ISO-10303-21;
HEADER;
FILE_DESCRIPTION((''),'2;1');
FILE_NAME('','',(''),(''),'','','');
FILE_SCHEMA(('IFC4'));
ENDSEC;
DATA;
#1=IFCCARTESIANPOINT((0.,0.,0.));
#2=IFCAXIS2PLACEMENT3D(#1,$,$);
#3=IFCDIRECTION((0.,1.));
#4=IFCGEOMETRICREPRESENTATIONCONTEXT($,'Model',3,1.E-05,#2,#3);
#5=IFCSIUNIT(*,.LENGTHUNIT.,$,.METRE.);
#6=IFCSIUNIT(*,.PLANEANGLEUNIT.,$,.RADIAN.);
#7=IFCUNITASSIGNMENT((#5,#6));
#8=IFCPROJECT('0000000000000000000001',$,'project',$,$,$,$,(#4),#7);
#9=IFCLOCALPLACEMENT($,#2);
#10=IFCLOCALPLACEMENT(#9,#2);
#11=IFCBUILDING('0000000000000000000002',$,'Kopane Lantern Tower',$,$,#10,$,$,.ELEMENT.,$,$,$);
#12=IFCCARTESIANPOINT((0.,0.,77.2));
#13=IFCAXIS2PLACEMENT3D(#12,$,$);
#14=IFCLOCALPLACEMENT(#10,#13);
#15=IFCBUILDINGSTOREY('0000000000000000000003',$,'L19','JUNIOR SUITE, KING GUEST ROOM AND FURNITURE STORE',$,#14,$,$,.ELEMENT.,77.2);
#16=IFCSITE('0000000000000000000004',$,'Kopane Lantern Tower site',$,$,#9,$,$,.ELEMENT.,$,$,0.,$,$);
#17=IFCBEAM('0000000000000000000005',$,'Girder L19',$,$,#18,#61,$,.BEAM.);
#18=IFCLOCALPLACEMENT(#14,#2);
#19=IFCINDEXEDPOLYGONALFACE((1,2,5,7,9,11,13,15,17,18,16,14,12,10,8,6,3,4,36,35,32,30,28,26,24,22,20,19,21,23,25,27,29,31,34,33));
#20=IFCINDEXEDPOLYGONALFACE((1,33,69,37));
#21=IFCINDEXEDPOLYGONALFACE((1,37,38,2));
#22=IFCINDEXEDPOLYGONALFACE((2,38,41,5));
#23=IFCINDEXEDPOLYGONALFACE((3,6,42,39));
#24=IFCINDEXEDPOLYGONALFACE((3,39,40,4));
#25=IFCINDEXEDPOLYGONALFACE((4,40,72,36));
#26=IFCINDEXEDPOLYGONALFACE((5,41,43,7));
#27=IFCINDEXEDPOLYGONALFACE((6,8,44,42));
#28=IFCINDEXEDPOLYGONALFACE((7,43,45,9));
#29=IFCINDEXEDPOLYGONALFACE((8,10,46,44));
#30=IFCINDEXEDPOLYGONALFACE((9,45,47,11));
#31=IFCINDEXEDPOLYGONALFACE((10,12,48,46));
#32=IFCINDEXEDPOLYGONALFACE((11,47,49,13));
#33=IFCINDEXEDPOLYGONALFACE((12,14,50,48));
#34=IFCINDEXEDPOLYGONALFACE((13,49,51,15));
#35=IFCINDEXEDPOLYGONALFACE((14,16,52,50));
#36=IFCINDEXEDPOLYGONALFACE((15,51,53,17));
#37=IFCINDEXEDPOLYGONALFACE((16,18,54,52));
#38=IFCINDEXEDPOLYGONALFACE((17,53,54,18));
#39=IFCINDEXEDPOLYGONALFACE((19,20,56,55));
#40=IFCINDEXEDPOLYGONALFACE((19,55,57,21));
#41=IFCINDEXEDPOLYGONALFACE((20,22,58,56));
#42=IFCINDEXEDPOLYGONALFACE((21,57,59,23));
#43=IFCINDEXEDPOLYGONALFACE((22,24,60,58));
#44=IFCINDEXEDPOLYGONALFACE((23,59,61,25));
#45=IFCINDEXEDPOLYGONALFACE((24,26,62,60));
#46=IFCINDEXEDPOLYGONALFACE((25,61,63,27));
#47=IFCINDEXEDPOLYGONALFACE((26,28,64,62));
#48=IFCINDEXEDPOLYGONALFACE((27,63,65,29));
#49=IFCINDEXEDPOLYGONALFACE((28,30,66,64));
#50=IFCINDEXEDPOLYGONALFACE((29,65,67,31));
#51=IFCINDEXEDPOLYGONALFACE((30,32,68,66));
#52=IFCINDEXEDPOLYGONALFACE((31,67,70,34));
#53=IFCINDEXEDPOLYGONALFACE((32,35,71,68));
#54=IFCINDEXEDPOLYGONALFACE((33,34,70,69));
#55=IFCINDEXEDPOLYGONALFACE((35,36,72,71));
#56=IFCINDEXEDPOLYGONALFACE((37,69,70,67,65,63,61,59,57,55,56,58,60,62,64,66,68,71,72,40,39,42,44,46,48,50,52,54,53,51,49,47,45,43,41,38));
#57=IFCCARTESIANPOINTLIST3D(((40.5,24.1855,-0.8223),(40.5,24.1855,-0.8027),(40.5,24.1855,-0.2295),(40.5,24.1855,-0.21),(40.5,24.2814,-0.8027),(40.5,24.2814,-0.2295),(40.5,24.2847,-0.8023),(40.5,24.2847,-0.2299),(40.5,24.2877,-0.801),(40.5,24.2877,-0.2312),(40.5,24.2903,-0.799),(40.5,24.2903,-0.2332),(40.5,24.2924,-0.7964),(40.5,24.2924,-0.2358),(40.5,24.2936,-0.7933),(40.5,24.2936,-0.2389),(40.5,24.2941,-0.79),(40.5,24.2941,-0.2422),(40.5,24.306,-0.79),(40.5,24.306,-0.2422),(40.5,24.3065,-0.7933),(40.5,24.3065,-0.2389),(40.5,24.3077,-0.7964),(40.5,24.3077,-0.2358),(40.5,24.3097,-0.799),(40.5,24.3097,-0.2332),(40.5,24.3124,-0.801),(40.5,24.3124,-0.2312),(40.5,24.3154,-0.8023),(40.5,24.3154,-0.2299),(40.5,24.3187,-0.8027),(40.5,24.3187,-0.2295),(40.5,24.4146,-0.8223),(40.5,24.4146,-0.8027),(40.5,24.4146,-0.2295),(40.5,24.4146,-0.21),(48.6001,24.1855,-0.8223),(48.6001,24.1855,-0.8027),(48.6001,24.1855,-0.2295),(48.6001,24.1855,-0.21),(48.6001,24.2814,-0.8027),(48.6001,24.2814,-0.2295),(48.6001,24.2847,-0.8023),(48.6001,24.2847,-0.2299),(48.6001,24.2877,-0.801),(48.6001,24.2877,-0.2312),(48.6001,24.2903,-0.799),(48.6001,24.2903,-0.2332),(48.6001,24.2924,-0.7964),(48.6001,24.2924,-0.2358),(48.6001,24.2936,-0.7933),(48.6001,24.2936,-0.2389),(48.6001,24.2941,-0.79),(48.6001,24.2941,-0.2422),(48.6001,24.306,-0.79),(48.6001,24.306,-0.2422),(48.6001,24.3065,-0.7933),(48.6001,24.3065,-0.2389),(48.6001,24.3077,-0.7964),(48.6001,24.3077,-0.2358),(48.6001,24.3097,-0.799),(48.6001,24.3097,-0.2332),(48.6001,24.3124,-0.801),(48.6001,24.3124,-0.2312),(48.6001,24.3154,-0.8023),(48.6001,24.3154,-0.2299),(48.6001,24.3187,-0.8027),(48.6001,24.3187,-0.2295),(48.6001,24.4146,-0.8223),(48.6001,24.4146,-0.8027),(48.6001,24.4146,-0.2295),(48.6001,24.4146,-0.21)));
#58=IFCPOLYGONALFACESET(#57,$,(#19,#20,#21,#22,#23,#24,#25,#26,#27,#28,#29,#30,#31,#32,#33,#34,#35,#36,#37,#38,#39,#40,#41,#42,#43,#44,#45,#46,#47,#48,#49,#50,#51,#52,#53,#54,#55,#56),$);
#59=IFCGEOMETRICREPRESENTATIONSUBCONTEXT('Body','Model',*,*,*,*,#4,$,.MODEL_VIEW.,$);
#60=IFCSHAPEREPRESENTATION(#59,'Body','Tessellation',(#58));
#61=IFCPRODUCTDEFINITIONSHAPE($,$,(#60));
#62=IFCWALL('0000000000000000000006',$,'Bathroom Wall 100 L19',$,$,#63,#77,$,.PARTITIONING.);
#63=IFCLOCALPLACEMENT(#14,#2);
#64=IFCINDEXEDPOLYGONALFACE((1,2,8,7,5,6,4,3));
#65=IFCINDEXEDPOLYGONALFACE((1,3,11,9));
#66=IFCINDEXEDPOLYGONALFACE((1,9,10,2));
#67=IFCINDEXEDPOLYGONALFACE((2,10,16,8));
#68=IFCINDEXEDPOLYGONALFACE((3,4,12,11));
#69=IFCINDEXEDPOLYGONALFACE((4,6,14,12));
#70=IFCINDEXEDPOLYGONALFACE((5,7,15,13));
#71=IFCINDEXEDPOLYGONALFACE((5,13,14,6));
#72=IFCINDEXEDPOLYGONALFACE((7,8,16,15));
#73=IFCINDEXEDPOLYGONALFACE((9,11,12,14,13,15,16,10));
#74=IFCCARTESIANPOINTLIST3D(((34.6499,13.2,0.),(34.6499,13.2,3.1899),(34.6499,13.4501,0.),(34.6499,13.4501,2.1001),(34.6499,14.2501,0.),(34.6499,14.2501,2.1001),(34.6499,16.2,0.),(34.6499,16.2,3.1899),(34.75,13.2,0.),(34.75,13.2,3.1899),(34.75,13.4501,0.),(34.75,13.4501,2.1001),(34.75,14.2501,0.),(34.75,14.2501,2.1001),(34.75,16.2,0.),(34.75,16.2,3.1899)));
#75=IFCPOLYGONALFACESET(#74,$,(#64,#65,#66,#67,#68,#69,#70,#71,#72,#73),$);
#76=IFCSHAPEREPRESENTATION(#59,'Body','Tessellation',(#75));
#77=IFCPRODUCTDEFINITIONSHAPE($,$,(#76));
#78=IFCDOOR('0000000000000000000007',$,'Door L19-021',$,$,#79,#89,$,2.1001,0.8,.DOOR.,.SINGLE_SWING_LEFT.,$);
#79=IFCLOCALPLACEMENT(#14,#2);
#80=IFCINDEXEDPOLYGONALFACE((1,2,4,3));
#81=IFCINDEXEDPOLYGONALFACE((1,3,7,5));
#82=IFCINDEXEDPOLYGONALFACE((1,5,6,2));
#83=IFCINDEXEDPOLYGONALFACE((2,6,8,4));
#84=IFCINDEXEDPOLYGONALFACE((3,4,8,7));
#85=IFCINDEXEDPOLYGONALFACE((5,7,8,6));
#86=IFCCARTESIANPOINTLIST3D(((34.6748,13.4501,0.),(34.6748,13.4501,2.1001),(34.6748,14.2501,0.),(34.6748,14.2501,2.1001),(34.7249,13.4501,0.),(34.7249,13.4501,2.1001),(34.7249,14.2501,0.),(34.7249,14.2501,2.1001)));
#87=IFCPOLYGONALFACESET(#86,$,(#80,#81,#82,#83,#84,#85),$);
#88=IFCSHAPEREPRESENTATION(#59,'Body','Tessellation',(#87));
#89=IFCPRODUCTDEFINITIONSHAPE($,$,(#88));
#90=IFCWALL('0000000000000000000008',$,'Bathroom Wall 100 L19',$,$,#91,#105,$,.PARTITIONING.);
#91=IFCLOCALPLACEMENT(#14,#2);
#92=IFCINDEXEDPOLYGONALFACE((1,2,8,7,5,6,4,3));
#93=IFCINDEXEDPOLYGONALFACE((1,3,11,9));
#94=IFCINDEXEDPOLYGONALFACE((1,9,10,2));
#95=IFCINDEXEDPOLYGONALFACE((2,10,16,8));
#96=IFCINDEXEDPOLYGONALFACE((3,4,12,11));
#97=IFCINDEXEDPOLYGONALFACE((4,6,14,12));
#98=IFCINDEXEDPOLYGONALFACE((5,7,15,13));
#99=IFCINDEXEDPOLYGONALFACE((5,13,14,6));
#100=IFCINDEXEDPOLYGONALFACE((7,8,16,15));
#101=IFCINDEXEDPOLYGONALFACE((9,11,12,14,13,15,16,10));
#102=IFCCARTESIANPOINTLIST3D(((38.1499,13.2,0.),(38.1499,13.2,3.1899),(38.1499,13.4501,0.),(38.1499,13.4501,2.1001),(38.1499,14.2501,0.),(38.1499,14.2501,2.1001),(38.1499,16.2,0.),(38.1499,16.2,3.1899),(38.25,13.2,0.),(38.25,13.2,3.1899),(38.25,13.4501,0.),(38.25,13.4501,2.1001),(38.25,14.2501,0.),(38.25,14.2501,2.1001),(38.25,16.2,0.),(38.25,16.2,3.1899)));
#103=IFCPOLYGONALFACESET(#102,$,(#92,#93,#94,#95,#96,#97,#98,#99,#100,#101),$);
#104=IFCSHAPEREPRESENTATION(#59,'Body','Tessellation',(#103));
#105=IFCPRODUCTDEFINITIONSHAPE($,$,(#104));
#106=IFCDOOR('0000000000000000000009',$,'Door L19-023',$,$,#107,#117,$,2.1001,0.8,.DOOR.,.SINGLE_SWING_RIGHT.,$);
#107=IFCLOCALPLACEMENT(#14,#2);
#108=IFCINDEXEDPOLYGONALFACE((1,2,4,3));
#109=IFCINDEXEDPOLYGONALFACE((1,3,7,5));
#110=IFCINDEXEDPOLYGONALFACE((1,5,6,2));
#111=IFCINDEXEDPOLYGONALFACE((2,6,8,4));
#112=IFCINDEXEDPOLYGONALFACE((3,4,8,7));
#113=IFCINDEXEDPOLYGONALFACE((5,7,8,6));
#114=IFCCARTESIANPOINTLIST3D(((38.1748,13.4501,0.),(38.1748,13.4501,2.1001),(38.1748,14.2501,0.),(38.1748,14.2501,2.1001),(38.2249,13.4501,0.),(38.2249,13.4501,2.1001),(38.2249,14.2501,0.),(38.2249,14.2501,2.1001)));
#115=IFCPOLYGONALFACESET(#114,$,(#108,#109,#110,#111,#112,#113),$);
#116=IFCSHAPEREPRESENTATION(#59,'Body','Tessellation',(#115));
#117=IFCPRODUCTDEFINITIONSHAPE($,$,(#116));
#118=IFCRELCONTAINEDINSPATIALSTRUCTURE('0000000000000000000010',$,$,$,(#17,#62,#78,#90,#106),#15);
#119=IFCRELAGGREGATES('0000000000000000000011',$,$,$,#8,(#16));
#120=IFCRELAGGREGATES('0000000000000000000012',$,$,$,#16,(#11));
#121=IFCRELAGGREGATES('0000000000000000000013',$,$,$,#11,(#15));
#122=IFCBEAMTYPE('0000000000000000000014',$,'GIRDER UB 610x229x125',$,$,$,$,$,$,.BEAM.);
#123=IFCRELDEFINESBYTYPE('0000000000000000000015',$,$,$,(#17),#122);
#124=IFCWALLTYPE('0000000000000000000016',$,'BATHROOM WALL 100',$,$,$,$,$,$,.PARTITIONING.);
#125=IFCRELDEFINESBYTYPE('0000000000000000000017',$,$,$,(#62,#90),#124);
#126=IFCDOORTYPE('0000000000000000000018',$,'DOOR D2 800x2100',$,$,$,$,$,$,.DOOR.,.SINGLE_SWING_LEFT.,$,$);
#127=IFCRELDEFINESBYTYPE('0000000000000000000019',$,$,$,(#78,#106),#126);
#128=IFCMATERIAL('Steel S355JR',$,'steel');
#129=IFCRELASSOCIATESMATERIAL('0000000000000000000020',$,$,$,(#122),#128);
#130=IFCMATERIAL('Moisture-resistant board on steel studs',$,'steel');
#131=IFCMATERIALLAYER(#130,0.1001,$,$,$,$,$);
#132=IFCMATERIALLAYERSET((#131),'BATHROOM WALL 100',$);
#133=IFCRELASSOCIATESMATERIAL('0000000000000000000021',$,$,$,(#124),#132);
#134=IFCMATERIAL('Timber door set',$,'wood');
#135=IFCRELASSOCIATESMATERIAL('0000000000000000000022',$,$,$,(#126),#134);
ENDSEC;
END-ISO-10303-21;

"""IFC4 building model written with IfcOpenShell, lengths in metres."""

from ifc_helpers import new_model, si_unit, direction, frame, frame_2d, origin, origin_2d, place, context, subcontext, project, spatial, rectangle, i_section, extrude, material, layer, layer_set, material_profile, profile_set, type_object, element, fill, save


model = new_model("IFC4")

# Units and contexts
model_context = context("Model", 3, precision=1e-05, world=origin(), true_north=direction((0.0, 1.0)))
body_context = subcontext(model_context, "Body", "Model", "MODEL_VIEW")
ifc_project = project(units=[si_unit("LENGTHUNIT", "METRE"), si_unit("PLANEANGLEUNIT", "RADIAN")], contexts=[model_context])

# Site, building, storey
site_placement = place(None, origin())
site = spatial("IfcSite", under=ifc_project, at=site_placement, Name="Kopane Lantern Tower site", CompositionType="ELEMENT", RefElevation=0.0)
building_placement = place(site_placement, origin())
building = spatial("IfcBuilding", under=site, at=building_placement, Name="Kopane Lantern Tower", CompositionType="ELEMENT")
storey_placement = place(building_placement, frame((0.0, 0.0, 77.2)))
storey = spatial("IfcBuildingStorey", under=building, at=storey_placement, Name="L19", Description="JUNIOR SUITE, KING GUEST ROOM AND FURNITURE STORE", CompositionType="ELEMENT", Elevation=77.2)

# Beam
ifc_material_1 = material(Name="Steel S355JR", Category="steel")
ifc_material_profile_1 = material_profile(ifc_material_1, i_section(OverallWidth=0.229, OverallDepth=0.6123, WebThickness=0.012, FlangeThickness=0.0195, FilletRadius=0.0127, at=origin_2d()), Name="UB 610x229x125")
ifc_profile_set_1 = profile_set([ifc_material_profile_1], Name="Steel S355JR")
beam_type_1 = type_object("IfcBeamType", Name="GIRDER UB 610x229x125", PredefinedType="BEAM", material=ifc_profile_set_1)
beam_1_placement = place(storey_placement, frame((40.5, 24.3, -0.5161), z_axis=(1.0, 0.0, 0.0), x_axis=(0.0, 1.0, 0.0)))
element("IfcBeam", 1, at=beam_1_placement, inside=storey, type_object=beam_type_1, Name="Girder L19", PredefinedType="BEAM", context=body_context, shape_type="SweptSolid", body=[
    extrude(i_section(OverallWidth=0.229, OverallDepth=0.6123, WebThickness=0.012, FlangeThickness=0.0195, FilletRadius=0.0127, at=origin_2d()), origin(), (0.0, 0.0, 1.0), 8.1001),
])

# Walls, openings, doors
ifc_material_2 = material(Name="Moisture-resistant board on steel studs", Category="steel")
ifc_layer_1 = layer(ifc_material_2, 0.1001)
ifc_layer_set_1 = layer_set([ifc_layer_1], Name="BATHROOM WALL 100")
wall_type_1 = type_object("IfcWallType", Name="BATHROOM WALL 100", PredefinedType="PARTITIONING", material=ifc_layer_set_1)
wall_1_placement = place(storey_placement, frame((34.7, 16.2, 0.0), z_axis=(0.0, 0.0, 1.0), x_axis=(0.0, -1.0, 0.0)))
wall_1 = element("IfcWall", 2, at=wall_1_placement, inside=storey, type_object=wall_type_1, Name="Bathroom Wall 100 L19", PredefinedType="PARTITIONING", context=body_context, shape_type="SweptSolid", body=[
    extrude(rectangle(XDim=3.0, YDim=0.1001, at=frame_2d((1.5, 0.0))), origin(), (0.0, 0.0, 1.0), 3.1899),
])
opening_1_placement = place(wall_1_placement, frame((1.95, 0.0, 0.0)))
opening_1 = element("IfcOpeningElement", 3, at=opening_1_placement, cuts=wall_1, PredefinedType="OPENING", context=body_context, shape_type="SweptSolid", body=[
    extrude(rectangle(XDim=0.8, YDim=2.1001, at=frame_2d((0.3999, 1.05))), frame((0.0, 0.0601, 0.0), z_axis=(0.0, -1.0, 0.0), x_axis=(1.0, 0.0, 0.0)), (0.0, 0.0, 1.0), 0.1201),
])
ifc_material_3 = material(Name="Timber door set", Category="wood")
door_type_1 = type_object("IfcDoorType", Name="DOOR D2 800x2100", OperationType="SINGLE_SWING_LEFT", PredefinedType="DOOR", material=ifc_material_3)
door_1_placement = place(opening_1_placement, origin())
door_1 = element("IfcDoor", 4, at=door_1_placement, inside=storey, type_object=door_type_1, Name="Door L19-021", OperationType="SINGLE_SWING_LEFT", OverallHeight=2.1001, OverallWidth=0.8, PredefinedType="DOOR", context=body_context, shape_type="SweptSolid", body=[
    extrude(rectangle(XDim=0.8, YDim=2.1001, at=frame_2d((0.3999, 1.05))), frame((0.0, 0.0249, 0.0), z_axis=(0.0, -1.0, 0.0), x_axis=(1.0, 0.0, 0.0)), (0.0, 0.0, 1.0), 0.05),
])
fill(opening_1, door_1)
wall_2_placement = place(storey_placement, frame((38.2, 16.2, 0.0), z_axis=(0.0, 0.0, 1.0), x_axis=(0.0, -1.0, 0.0)))
wall_2 = element("IfcWall", 5, at=wall_2_placement, inside=storey, type_object=wall_type_1, Name="Bathroom Wall 100 L19", PredefinedType="PARTITIONING", context=body_context, shape_type="SweptSolid", body=[
    extrude(rectangle(XDim=3.0, YDim=0.1001, at=frame_2d((1.5, 0.0))), origin(), (0.0, 0.0, 1.0), 3.1899),
])
opening_2_placement = place(wall_2_placement, frame((1.95, 0.0, 0.0)))
opening_2 = element("IfcOpeningElement", 6, at=opening_2_placement, cuts=wall_2, PredefinedType="OPENING", context=body_context, shape_type="SweptSolid", body=[
    extrude(rectangle(XDim=0.8, YDim=2.1001, at=frame_2d((0.3999, 1.05))), frame((0.0, 0.0601, 0.0), z_axis=(0.0, -1.0, 0.0), x_axis=(1.0, 0.0, 0.0)), (0.0, 0.0, 1.0), 0.1201),
])
door_2_placement = place(opening_2_placement, origin())
door_2 = element("IfcDoor", 7, at=door_2_placement, inside=storey, type_object=door_type_1, Name="Door L19-023", OperationType="SINGLE_SWING_RIGHT", OverallHeight=2.1001, OverallWidth=0.8, PredefinedType="DOOR", context=body_context, shape_type="SweptSolid", body=[
    extrude(rectangle(XDim=0.8, YDim=2.1001, at=frame_2d((0.3999, 1.05))), frame((0.0, 0.0249, 0.0), z_axis=(0.0, -1.0, 0.0), x_axis=(1.0, 0.0, 0.0)), (0.0, 0.0, 1.0), 0.05),
])
fill(opening_2, door_2)

save(model, "model.ifc")
